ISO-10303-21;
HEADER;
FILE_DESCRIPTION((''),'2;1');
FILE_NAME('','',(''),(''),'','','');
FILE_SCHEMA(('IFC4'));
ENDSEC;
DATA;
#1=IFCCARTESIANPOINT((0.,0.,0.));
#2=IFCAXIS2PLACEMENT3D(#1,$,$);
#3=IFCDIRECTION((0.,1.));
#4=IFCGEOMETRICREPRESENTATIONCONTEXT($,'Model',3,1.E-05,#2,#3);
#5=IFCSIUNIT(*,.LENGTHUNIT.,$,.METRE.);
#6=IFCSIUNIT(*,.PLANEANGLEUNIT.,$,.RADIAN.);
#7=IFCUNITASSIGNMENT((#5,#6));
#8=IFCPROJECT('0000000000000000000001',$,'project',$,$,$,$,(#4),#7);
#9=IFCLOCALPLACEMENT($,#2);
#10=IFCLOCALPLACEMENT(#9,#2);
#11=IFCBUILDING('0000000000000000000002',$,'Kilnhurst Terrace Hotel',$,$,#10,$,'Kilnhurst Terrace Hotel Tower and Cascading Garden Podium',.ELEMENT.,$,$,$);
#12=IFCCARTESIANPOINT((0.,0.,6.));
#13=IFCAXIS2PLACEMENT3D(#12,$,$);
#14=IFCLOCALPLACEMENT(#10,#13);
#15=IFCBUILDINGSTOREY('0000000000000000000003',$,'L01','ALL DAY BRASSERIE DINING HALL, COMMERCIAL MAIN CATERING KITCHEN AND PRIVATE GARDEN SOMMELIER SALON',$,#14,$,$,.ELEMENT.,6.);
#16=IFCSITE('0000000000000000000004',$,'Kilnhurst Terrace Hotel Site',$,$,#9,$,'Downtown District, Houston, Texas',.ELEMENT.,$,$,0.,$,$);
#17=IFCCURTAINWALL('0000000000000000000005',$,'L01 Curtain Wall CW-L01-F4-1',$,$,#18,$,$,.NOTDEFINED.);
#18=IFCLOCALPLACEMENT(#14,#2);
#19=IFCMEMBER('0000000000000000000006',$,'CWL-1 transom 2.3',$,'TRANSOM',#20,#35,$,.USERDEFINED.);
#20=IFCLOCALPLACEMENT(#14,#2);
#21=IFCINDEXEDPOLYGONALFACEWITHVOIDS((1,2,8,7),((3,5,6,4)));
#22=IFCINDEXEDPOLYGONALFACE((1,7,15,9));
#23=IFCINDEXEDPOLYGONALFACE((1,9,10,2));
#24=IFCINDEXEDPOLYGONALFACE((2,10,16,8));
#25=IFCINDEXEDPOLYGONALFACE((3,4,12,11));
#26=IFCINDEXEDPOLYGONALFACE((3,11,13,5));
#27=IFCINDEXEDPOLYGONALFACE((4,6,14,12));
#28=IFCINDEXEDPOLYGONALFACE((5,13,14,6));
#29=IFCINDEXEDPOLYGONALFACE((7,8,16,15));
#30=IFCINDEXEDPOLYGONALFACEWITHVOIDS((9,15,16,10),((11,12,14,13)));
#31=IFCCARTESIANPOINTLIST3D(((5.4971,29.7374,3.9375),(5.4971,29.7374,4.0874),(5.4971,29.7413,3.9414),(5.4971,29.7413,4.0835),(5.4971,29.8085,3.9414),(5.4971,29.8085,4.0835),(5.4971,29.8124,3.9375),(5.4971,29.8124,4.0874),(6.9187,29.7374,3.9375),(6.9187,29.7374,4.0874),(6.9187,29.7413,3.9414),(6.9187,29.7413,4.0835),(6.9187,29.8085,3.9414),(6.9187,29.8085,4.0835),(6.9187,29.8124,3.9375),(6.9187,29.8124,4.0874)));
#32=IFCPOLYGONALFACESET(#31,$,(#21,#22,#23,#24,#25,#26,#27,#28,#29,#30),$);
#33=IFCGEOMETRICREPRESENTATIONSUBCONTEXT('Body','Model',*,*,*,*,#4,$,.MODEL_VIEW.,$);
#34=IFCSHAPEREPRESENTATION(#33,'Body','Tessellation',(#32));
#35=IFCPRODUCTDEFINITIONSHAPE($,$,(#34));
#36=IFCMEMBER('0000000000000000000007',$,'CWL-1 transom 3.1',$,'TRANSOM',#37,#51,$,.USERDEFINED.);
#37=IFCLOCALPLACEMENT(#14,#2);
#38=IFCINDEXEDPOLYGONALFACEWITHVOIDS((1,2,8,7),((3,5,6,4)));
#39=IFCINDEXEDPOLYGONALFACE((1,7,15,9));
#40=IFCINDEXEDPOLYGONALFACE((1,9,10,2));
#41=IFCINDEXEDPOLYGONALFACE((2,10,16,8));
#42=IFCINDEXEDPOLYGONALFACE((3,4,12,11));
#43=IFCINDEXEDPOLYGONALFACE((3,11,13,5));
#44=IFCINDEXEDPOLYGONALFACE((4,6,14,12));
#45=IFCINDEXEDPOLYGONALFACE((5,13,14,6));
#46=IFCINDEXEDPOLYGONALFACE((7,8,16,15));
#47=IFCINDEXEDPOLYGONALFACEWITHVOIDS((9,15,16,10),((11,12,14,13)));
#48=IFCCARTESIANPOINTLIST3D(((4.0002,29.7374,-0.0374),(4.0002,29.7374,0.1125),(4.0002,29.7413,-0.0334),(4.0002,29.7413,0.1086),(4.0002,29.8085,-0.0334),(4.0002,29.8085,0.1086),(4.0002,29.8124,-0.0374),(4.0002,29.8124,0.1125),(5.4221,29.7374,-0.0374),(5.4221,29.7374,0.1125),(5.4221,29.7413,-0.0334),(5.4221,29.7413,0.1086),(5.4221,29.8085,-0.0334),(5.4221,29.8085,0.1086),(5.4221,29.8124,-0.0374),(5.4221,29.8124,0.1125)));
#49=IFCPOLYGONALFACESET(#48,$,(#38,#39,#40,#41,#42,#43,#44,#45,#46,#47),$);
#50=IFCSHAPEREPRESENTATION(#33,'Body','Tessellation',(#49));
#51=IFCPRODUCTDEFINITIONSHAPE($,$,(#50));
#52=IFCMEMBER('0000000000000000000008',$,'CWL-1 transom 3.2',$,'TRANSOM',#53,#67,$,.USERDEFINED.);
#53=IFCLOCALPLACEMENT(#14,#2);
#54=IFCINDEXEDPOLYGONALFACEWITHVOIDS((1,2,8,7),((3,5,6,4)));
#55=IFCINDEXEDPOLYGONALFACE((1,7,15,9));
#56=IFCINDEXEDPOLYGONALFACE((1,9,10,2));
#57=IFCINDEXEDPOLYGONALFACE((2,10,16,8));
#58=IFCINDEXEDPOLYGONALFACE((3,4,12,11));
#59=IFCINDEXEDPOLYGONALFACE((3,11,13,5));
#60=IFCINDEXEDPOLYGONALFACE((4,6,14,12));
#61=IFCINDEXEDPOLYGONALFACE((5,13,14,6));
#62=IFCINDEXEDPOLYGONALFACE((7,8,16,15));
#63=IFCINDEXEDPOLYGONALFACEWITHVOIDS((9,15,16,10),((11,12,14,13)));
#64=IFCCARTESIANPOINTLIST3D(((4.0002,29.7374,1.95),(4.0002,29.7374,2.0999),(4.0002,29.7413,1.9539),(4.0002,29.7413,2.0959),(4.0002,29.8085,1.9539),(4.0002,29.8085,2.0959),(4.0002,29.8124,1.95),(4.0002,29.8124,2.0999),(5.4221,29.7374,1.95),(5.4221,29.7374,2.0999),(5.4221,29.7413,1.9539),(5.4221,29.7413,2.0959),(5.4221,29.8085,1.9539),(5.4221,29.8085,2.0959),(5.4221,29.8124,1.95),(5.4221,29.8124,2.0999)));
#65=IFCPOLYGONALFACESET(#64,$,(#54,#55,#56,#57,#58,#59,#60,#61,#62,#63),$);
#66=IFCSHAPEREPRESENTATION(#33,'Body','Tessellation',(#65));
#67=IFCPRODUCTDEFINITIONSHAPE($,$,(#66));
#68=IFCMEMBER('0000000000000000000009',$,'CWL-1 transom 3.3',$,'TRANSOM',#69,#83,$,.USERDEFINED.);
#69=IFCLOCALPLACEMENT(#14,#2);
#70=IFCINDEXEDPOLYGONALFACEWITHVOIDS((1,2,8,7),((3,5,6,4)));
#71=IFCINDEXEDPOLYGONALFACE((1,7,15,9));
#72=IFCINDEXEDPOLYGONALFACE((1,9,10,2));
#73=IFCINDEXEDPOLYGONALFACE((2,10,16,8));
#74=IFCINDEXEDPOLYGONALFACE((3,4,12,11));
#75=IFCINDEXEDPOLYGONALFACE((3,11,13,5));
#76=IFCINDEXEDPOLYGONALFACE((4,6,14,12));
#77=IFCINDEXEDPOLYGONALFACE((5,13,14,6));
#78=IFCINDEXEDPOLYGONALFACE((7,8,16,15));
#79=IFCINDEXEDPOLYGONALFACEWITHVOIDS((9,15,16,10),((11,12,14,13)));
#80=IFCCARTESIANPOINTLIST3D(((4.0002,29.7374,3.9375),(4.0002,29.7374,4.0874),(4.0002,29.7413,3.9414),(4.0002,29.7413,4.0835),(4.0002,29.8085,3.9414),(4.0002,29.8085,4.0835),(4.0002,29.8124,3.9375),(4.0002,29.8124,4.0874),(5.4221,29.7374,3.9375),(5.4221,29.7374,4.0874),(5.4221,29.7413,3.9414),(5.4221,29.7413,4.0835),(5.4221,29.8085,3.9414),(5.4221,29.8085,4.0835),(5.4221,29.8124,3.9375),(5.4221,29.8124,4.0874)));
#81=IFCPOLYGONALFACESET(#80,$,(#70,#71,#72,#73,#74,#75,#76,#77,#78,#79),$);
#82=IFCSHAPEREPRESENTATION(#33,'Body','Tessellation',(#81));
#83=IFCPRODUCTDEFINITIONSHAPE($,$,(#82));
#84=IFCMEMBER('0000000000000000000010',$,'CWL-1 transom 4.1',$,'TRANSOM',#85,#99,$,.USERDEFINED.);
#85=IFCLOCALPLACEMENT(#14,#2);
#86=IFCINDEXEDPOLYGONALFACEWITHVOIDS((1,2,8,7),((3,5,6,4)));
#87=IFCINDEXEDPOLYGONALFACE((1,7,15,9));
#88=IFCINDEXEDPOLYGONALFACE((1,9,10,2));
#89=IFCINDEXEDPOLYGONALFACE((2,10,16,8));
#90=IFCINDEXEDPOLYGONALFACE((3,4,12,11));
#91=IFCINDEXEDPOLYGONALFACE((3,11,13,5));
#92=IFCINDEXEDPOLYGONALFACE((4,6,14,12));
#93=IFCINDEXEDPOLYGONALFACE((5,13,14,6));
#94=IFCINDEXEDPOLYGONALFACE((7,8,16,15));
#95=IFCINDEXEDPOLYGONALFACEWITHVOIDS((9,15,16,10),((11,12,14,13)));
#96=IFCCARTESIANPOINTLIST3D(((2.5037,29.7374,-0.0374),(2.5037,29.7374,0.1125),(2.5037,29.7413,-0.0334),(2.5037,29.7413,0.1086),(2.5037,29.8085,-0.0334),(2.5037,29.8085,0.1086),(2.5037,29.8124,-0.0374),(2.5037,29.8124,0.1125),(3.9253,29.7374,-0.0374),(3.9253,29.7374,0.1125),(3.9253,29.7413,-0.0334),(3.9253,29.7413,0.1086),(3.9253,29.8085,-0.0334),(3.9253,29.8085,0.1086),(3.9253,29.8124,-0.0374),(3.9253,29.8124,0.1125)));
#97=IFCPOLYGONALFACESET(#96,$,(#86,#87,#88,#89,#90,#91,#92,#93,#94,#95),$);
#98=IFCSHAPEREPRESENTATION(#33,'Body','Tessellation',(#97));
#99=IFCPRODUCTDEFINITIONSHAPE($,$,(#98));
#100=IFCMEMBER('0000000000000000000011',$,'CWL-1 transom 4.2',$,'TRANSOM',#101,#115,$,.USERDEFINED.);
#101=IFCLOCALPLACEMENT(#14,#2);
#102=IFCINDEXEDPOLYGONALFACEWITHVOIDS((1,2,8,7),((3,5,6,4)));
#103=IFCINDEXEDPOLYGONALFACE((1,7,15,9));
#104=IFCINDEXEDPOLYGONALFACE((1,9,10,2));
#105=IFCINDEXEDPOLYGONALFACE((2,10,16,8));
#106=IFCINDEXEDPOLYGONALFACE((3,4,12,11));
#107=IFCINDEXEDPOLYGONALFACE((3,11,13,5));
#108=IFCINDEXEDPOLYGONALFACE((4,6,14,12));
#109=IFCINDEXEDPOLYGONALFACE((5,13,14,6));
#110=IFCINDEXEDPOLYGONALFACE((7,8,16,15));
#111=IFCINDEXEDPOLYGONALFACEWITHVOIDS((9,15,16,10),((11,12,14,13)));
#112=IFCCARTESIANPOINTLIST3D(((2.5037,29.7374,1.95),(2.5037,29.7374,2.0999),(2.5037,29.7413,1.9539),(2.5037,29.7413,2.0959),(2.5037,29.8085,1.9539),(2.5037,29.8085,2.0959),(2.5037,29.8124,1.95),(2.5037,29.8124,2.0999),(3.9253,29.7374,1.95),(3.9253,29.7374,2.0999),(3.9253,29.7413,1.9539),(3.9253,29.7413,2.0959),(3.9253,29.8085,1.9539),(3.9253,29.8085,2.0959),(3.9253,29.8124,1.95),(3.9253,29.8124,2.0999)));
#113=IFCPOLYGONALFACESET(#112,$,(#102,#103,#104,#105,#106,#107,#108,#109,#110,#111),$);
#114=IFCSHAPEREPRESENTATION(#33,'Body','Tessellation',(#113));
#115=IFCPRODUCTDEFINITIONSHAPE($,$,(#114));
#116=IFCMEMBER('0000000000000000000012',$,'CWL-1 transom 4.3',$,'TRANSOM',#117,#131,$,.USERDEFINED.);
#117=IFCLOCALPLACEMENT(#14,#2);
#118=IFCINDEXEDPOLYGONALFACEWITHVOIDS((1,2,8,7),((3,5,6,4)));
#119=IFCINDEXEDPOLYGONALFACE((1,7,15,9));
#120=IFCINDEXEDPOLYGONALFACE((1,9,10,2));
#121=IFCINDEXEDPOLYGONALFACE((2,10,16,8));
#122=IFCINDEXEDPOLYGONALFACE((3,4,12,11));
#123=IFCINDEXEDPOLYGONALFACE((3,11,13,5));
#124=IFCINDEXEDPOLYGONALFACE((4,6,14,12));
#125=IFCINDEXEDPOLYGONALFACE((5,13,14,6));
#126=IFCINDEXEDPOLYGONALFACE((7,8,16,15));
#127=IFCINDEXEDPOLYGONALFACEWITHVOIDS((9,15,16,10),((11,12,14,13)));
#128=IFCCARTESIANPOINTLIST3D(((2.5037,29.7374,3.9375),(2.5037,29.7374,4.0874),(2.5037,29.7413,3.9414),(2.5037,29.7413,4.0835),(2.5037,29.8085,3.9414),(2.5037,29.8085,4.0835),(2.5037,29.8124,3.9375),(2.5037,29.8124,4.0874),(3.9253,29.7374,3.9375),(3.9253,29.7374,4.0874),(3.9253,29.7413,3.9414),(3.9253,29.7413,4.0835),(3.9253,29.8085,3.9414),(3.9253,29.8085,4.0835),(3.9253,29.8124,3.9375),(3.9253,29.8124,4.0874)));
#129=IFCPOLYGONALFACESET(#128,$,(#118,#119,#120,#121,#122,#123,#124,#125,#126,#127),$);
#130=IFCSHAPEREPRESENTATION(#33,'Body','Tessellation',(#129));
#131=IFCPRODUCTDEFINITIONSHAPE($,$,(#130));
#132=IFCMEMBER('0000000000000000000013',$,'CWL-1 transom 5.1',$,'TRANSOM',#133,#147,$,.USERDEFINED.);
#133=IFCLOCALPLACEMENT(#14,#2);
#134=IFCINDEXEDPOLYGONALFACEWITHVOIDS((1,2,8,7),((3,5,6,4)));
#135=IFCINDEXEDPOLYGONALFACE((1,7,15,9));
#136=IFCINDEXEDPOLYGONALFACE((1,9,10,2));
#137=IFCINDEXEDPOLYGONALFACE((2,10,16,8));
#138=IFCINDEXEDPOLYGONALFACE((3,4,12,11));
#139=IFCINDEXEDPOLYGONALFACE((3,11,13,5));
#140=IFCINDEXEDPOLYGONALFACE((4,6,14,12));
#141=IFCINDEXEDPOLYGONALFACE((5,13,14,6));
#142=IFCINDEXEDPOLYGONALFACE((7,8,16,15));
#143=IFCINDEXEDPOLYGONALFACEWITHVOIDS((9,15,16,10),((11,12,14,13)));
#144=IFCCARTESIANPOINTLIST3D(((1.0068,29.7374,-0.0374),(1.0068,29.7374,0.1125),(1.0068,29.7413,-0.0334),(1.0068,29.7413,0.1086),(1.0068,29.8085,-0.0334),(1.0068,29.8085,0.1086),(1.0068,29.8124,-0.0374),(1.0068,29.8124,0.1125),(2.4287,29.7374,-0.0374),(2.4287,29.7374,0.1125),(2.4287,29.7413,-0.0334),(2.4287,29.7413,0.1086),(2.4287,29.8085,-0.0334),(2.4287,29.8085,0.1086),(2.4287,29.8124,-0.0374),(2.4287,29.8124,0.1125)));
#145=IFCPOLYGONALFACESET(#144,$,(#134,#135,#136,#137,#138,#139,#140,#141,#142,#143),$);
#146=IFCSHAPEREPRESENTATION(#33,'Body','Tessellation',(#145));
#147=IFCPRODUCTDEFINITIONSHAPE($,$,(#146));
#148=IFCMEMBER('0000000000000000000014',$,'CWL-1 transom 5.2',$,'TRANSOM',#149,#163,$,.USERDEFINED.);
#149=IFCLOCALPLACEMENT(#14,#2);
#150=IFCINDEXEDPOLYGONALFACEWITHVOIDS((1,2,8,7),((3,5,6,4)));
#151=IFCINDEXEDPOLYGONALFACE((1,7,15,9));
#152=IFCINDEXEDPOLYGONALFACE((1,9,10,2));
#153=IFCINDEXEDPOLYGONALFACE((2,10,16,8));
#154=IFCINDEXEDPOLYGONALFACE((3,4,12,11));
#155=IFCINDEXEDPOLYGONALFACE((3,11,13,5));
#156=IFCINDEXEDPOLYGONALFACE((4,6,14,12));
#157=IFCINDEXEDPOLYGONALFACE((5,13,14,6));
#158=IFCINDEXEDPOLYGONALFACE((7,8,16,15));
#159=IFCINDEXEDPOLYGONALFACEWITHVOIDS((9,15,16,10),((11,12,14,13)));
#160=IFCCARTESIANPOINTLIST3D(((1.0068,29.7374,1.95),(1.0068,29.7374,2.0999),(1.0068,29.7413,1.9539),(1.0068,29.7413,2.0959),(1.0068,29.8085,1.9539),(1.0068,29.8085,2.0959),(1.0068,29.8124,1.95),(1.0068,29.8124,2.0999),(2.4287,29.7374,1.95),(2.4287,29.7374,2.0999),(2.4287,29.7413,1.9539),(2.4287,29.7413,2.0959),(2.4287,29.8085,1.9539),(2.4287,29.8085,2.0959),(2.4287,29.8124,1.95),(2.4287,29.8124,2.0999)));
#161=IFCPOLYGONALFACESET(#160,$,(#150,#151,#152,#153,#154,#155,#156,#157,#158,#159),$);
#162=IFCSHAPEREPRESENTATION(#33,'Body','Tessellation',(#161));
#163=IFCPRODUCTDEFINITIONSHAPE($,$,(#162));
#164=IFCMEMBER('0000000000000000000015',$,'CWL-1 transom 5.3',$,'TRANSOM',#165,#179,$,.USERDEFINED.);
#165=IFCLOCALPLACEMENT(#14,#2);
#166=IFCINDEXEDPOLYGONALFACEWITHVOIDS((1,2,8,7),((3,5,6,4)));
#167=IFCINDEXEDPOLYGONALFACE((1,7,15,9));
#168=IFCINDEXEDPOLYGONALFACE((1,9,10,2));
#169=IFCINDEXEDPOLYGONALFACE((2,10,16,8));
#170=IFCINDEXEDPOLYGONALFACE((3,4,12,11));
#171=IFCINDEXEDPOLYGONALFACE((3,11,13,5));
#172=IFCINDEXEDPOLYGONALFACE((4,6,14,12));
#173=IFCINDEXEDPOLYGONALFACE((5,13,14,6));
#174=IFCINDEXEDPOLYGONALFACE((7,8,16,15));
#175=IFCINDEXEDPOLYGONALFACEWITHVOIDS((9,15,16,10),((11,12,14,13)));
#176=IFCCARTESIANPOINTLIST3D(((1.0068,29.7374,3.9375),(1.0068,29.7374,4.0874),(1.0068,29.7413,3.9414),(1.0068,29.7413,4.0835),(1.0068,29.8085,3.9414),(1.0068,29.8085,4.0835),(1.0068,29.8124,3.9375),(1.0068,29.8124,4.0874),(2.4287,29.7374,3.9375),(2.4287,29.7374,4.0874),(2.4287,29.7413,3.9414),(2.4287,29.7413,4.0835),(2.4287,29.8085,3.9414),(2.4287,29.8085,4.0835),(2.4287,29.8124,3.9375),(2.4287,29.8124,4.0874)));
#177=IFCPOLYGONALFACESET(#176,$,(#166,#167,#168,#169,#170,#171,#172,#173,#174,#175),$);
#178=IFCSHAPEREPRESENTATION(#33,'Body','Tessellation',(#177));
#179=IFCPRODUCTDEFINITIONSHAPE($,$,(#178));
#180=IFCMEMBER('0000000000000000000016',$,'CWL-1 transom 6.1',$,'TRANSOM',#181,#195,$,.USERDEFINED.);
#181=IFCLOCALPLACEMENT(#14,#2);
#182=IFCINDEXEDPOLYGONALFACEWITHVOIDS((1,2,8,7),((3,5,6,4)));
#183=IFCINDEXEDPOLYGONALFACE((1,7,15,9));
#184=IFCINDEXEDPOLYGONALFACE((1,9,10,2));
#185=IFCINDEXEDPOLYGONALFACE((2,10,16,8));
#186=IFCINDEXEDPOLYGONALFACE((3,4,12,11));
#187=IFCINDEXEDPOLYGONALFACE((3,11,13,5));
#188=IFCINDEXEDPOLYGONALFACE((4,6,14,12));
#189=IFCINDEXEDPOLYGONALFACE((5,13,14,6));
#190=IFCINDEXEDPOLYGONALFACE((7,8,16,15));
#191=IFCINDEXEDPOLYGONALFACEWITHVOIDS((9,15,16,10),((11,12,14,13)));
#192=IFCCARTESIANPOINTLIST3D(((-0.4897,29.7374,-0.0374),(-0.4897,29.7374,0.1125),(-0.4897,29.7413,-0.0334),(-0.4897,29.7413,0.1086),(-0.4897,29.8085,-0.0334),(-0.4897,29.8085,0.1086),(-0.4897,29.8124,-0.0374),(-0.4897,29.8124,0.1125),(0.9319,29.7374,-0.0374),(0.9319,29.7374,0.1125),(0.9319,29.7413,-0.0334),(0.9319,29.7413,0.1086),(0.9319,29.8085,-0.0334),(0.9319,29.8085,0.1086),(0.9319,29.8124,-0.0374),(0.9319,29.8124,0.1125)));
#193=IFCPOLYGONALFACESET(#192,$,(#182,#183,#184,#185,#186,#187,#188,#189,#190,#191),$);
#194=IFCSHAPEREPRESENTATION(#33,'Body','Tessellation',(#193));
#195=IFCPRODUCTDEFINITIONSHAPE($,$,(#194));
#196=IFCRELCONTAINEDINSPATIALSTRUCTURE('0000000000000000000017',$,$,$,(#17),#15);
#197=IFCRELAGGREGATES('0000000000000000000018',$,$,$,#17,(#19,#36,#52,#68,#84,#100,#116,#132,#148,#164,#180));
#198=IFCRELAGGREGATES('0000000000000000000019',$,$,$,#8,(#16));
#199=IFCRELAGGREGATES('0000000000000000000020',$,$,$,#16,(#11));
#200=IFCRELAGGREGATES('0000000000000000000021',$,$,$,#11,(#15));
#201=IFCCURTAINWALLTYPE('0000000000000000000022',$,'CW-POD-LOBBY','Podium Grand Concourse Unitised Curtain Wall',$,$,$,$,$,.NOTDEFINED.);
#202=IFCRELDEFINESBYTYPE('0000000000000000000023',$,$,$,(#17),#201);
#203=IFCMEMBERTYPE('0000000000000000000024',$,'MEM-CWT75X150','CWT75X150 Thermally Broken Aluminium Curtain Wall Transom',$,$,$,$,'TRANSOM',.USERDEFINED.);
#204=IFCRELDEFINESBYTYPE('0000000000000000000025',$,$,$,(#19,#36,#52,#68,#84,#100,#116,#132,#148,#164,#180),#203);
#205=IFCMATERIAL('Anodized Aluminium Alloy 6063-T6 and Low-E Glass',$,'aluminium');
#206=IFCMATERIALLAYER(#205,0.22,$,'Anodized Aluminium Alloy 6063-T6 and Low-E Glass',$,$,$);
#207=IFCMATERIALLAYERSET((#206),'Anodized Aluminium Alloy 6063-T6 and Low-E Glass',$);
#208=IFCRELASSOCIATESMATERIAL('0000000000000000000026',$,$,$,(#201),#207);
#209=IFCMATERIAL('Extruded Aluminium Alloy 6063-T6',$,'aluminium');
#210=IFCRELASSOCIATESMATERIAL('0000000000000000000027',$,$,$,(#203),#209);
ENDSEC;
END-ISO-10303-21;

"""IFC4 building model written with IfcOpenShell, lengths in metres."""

from ifc_helpers import new_model, si_unit, direction, frame, origin, origin_2d, place, context, subcontext, project, spatial, hollow_rectangle, extrude, material, layer, layer_set, material_profile, profile_set, type_object, element, aggregate, save


model = new_model("IFC4")

# Units and contexts
model_context = context("Model", 3, precision=1e-05, world=origin(), true_north=direction((0.0, 1.0)))
body_context = subcontext(model_context, "Body", "Model", "MODEL_VIEW")
ifc_project = project(units=[si_unit("LENGTHUNIT", "METRE"), si_unit("PLANEANGLEUNIT", "RADIAN")], contexts=[model_context])

# Site, building, storey
site_placement = place(None, origin())
site = spatial("IfcSite", under=ifc_project, at=site_placement, Name="Kilnhurst Terrace Hotel Site", LongName="Downtown District, Houston, Texas", CompositionType="ELEMENT", RefElevation=0.0)
building_placement = place(site_placement, origin())
building = spatial("IfcBuilding", under=site, at=building_placement, Name="Kilnhurst Terrace Hotel", LongName="Kilnhurst Terrace Hotel Tower and Cascading Garden Podium", CompositionType="ELEMENT")
storey_placement = place(building_placement, frame((0.0, 0.0, 6.0)))
storey = spatial("IfcBuildingStorey", under=building, at=storey_placement, Name="L01", Description="ALL DAY BRASSERIE DINING HALL, COMMERCIAL MAIN CATERING KITCHEN AND PRIVATE GARDEN SOMMELIER SALON", CompositionType="ELEMENT", Elevation=6.0)

# Curtain wall, members
ifc_material_1 = material(Name="Anodized Aluminium Alloy 6063-T6 and Low-E Glass", Category="aluminium")
ifc_layer_1 = layer(ifc_material_1, 0.22, Name="Anodized Aluminium Alloy 6063-T6 and Low-E Glass")
ifc_layer_set_1 = layer_set([ifc_layer_1], Name="Anodized Aluminium Alloy 6063-T6 and Low-E Glass")
curtain_wall_type = type_object("IfcCurtainWallType", Name="CW-POD-LOBBY", Description="Podium Grand Concourse Unitised Curtain Wall", PredefinedType="NOTDEFINED", material=ifc_layer_set_1)
curtain_wall_placement = place(storey_placement, origin())
curtain_wall = element("IfcCurtainWall", 1, at=curtain_wall_placement, inside=storey, type_object=curtain_wall_type, Name="L01 Curtain Wall CW-L01-F4-1", PredefinedType="NOTDEFINED")
ifc_material_2 = material(Name="Extruded Aluminium Alloy 6063-T6", Category="aluminium")
ifc_material_profile_1 = material_profile(ifc_material_2, hollow_rectangle(XDim=0.075, YDim=0.1499, WallThickness=0.0039, at=origin_2d()), Name="CWT75X150")
ifc_profile_set_1 = profile_set([ifc_material_profile_1], Name="Extruded Aluminium Alloy 6063-T6")
member_type_1 = type_object("IfcMemberType", Name="MEM-CWT75X150", Description="CWT75X150 Thermally Broken Aluminium Curtain Wall Transom", ElementType="TRANSOM", PredefinedType="USERDEFINED", material=ifc_profile_set_1)
member_1_placement = place(storey_placement, frame((6.9187, 29.7749, 4.0125), z_axis=(-1.0, 0.0, 0.0), x_axis=(0.0, -1.0, 0.0)))
member_1 = element("IfcMember", 2, at=member_1_placement, type_object=member_type_1, Name="CWL-1 transom 2.3", ObjectType="TRANSOM", PredefinedType="USERDEFINED", context=body_context, shape_type="SweptSolid", body=[
    extrude(hollow_rectangle(XDim=0.075, YDim=0.1499, WallThickness=0.0039, at=origin_2d()), origin(), (0.0, 0.0, 1.0), 1.4216),
])
member_2_placement = place(storey_placement, frame((5.4221, 29.7749, 0.0376), z_axis=(-1.0, 0.0, 0.0), x_axis=(0.0, -1.0, 0.0)))
member_2 = element("IfcMember", 3, at=member_2_placement, type_object=member_type_1, Name="CWL-1 transom 3.1", ObjectType="TRANSOM", PredefinedType="USERDEFINED", context=body_context, shape_type="SweptSolid", body=[
    extrude(hollow_rectangle(XDim=0.075, YDim=0.1499, WallThickness=0.0039, at=origin_2d()), origin(), (0.0, 0.0, 1.0), 1.4219),
])
member_3_placement = place(storey_placement, frame((5.4221, 29.7749, 2.0249), z_axis=(-1.0, 0.0, 0.0), x_axis=(0.0, -1.0, 0.0)))
member_3 = element("IfcMember", 4, at=member_3_placement, type_object=member_type_1, Name="CWL-1 transom 3.2", ObjectType="TRANSOM", PredefinedType="USERDEFINED", context=body_context, shape_type="SweptSolid", body=[
    extrude(hollow_rectangle(XDim=0.075, YDim=0.1499, WallThickness=0.0039, at=origin_2d()), origin(), (0.0, 0.0, 1.0), 1.4219),
])
member_4_placement = place(storey_placement, frame((5.4221, 29.7749, 4.0125), z_axis=(-1.0, 0.0, 0.0), x_axis=(0.0, -1.0, 0.0)))
member_4 = element("IfcMember", 5, at=member_4_placement, type_object=member_type_1, Name="CWL-1 transom 3.3", ObjectType="TRANSOM", PredefinedType="USERDEFINED", context=body_context, shape_type="SweptSolid", body=[
    extrude(hollow_rectangle(XDim=0.075, YDim=0.1499, WallThickness=0.0039, at=origin_2d()), origin(), (0.0, 0.0, 1.0), 1.4219),
])
member_5_placement = place(storey_placement, frame((3.9253, 29.7749, 0.0376), z_axis=(-1.0, 0.0, 0.0), x_axis=(0.0, -1.0, 0.0)))
member_5 = element("IfcMember", 6, at=member_5_placement, type_object=member_type_1, Name="CWL-1 transom 4.1", ObjectType="TRANSOM", PredefinedType="USERDEFINED", context=body_context, shape_type="SweptSolid", body=[
    extrude(hollow_rectangle(XDim=0.075, YDim=0.1499, WallThickness=0.0039, at=origin_2d()), origin(), (0.0, 0.0, 1.0), 1.4216),
])
member_6_placement = place(storey_placement, frame((3.9253, 29.7749, 2.0249), z_axis=(-1.0, 0.0, 0.0), x_axis=(0.0, -1.0, 0.0)))
member_6 = element("IfcMember", 7, at=member_6_placement, type_object=member_type_1, Name="CWL-1 transom 4.2", ObjectType="TRANSOM", PredefinedType="USERDEFINED", context=body_context, shape_type="SweptSolid", body=[
    extrude(hollow_rectangle(XDim=0.075, YDim=0.1499, WallThickness=0.0039, at=origin_2d()), origin(), (0.0, 0.0, 1.0), 1.4216),
])
member_7_placement = place(storey_placement, frame((3.9253, 29.7749, 4.0125), z_axis=(-1.0, 0.0, 0.0), x_axis=(0.0, -1.0, 0.0)))
member_7 = element("IfcMember", 8, at=member_7_placement, type_object=member_type_1, Name="CWL-1 transom 4.3", ObjectType="TRANSOM", PredefinedType="USERDEFINED", context=body_context, shape_type="SweptSolid", body=[
    extrude(hollow_rectangle(XDim=0.075, YDim=0.1499, WallThickness=0.0039, at=origin_2d()), origin(), (0.0, 0.0, 1.0), 1.4216),
])
member_8_placement = place(storey_placement, frame((2.4287, 29.7749, 0.0376), z_axis=(-1.0, 0.0, 0.0), x_axis=(0.0, -1.0, 0.0)))
member_8 = element("IfcMember", 9, at=member_8_placement, type_object=member_type_1, Name="CWL-1 transom 5.1", ObjectType="TRANSOM", PredefinedType="USERDEFINED", context=body_context, shape_type="SweptSolid", body=[
    extrude(hollow_rectangle(XDim=0.075, YDim=0.1499, WallThickness=0.0039, at=origin_2d()), origin(), (0.0, 0.0, 1.0), 1.4219),
])
member_9_placement = place(storey_placement, frame((2.4287, 29.7749, 2.0249), z_axis=(-1.0, 0.0, 0.0), x_axis=(0.0, -1.0, 0.0)))
member_9 = element("IfcMember", 10, at=member_9_placement, type_object=member_type_1, Name="CWL-1 transom 5.2", ObjectType="TRANSOM", PredefinedType="USERDEFINED", context=body_context, shape_type="SweptSolid", body=[
    extrude(hollow_rectangle(XDim=0.075, YDim=0.1499, WallThickness=0.0039, at=origin_2d()), origin(), (0.0, 0.0, 1.0), 1.4219),
])
member_10_placement = place(storey_placement, frame((2.4287, 29.7749, 4.0125), z_axis=(-1.0, 0.0, 0.0), x_axis=(0.0, -1.0, 0.0)))
member_10 = element("IfcMember", 11, at=member_10_placement, type_object=member_type_1, Name="CWL-1 transom 5.3", ObjectType="TRANSOM", PredefinedType="USERDEFINED", context=body_context, shape_type="SweptSolid", body=[
    extrude(hollow_rectangle(XDim=0.075, YDim=0.1499, WallThickness=0.0039, at=origin_2d()), origin(), (0.0, 0.0, 1.0), 1.4219),
])
member_11_placement = place(storey_placement, frame((0.9319, 29.7749, 0.0376), z_axis=(-1.0, 0.0, 0.0), x_axis=(0.0, -1.0, 0.0)))
member_11 = element("IfcMember", 12, at=member_11_placement, type_object=member_type_1, Name="CWL-1 transom 6.1", ObjectType="TRANSOM", PredefinedType="USERDEFINED", context=body_context, shape_type="SweptSolid", body=[
    extrude(hollow_rectangle(XDim=0.075, YDim=0.1499, WallThickness=0.0039, at=origin_2d()), origin(), (0.0, 0.0, 1.0), 1.4216),
])
aggregate(curtain_wall, [member_1, member_2, member_3, member_4, member_5, member_6, member_7, member_8, member_9, member_10, member_11])

save(model, "model.ifc")
